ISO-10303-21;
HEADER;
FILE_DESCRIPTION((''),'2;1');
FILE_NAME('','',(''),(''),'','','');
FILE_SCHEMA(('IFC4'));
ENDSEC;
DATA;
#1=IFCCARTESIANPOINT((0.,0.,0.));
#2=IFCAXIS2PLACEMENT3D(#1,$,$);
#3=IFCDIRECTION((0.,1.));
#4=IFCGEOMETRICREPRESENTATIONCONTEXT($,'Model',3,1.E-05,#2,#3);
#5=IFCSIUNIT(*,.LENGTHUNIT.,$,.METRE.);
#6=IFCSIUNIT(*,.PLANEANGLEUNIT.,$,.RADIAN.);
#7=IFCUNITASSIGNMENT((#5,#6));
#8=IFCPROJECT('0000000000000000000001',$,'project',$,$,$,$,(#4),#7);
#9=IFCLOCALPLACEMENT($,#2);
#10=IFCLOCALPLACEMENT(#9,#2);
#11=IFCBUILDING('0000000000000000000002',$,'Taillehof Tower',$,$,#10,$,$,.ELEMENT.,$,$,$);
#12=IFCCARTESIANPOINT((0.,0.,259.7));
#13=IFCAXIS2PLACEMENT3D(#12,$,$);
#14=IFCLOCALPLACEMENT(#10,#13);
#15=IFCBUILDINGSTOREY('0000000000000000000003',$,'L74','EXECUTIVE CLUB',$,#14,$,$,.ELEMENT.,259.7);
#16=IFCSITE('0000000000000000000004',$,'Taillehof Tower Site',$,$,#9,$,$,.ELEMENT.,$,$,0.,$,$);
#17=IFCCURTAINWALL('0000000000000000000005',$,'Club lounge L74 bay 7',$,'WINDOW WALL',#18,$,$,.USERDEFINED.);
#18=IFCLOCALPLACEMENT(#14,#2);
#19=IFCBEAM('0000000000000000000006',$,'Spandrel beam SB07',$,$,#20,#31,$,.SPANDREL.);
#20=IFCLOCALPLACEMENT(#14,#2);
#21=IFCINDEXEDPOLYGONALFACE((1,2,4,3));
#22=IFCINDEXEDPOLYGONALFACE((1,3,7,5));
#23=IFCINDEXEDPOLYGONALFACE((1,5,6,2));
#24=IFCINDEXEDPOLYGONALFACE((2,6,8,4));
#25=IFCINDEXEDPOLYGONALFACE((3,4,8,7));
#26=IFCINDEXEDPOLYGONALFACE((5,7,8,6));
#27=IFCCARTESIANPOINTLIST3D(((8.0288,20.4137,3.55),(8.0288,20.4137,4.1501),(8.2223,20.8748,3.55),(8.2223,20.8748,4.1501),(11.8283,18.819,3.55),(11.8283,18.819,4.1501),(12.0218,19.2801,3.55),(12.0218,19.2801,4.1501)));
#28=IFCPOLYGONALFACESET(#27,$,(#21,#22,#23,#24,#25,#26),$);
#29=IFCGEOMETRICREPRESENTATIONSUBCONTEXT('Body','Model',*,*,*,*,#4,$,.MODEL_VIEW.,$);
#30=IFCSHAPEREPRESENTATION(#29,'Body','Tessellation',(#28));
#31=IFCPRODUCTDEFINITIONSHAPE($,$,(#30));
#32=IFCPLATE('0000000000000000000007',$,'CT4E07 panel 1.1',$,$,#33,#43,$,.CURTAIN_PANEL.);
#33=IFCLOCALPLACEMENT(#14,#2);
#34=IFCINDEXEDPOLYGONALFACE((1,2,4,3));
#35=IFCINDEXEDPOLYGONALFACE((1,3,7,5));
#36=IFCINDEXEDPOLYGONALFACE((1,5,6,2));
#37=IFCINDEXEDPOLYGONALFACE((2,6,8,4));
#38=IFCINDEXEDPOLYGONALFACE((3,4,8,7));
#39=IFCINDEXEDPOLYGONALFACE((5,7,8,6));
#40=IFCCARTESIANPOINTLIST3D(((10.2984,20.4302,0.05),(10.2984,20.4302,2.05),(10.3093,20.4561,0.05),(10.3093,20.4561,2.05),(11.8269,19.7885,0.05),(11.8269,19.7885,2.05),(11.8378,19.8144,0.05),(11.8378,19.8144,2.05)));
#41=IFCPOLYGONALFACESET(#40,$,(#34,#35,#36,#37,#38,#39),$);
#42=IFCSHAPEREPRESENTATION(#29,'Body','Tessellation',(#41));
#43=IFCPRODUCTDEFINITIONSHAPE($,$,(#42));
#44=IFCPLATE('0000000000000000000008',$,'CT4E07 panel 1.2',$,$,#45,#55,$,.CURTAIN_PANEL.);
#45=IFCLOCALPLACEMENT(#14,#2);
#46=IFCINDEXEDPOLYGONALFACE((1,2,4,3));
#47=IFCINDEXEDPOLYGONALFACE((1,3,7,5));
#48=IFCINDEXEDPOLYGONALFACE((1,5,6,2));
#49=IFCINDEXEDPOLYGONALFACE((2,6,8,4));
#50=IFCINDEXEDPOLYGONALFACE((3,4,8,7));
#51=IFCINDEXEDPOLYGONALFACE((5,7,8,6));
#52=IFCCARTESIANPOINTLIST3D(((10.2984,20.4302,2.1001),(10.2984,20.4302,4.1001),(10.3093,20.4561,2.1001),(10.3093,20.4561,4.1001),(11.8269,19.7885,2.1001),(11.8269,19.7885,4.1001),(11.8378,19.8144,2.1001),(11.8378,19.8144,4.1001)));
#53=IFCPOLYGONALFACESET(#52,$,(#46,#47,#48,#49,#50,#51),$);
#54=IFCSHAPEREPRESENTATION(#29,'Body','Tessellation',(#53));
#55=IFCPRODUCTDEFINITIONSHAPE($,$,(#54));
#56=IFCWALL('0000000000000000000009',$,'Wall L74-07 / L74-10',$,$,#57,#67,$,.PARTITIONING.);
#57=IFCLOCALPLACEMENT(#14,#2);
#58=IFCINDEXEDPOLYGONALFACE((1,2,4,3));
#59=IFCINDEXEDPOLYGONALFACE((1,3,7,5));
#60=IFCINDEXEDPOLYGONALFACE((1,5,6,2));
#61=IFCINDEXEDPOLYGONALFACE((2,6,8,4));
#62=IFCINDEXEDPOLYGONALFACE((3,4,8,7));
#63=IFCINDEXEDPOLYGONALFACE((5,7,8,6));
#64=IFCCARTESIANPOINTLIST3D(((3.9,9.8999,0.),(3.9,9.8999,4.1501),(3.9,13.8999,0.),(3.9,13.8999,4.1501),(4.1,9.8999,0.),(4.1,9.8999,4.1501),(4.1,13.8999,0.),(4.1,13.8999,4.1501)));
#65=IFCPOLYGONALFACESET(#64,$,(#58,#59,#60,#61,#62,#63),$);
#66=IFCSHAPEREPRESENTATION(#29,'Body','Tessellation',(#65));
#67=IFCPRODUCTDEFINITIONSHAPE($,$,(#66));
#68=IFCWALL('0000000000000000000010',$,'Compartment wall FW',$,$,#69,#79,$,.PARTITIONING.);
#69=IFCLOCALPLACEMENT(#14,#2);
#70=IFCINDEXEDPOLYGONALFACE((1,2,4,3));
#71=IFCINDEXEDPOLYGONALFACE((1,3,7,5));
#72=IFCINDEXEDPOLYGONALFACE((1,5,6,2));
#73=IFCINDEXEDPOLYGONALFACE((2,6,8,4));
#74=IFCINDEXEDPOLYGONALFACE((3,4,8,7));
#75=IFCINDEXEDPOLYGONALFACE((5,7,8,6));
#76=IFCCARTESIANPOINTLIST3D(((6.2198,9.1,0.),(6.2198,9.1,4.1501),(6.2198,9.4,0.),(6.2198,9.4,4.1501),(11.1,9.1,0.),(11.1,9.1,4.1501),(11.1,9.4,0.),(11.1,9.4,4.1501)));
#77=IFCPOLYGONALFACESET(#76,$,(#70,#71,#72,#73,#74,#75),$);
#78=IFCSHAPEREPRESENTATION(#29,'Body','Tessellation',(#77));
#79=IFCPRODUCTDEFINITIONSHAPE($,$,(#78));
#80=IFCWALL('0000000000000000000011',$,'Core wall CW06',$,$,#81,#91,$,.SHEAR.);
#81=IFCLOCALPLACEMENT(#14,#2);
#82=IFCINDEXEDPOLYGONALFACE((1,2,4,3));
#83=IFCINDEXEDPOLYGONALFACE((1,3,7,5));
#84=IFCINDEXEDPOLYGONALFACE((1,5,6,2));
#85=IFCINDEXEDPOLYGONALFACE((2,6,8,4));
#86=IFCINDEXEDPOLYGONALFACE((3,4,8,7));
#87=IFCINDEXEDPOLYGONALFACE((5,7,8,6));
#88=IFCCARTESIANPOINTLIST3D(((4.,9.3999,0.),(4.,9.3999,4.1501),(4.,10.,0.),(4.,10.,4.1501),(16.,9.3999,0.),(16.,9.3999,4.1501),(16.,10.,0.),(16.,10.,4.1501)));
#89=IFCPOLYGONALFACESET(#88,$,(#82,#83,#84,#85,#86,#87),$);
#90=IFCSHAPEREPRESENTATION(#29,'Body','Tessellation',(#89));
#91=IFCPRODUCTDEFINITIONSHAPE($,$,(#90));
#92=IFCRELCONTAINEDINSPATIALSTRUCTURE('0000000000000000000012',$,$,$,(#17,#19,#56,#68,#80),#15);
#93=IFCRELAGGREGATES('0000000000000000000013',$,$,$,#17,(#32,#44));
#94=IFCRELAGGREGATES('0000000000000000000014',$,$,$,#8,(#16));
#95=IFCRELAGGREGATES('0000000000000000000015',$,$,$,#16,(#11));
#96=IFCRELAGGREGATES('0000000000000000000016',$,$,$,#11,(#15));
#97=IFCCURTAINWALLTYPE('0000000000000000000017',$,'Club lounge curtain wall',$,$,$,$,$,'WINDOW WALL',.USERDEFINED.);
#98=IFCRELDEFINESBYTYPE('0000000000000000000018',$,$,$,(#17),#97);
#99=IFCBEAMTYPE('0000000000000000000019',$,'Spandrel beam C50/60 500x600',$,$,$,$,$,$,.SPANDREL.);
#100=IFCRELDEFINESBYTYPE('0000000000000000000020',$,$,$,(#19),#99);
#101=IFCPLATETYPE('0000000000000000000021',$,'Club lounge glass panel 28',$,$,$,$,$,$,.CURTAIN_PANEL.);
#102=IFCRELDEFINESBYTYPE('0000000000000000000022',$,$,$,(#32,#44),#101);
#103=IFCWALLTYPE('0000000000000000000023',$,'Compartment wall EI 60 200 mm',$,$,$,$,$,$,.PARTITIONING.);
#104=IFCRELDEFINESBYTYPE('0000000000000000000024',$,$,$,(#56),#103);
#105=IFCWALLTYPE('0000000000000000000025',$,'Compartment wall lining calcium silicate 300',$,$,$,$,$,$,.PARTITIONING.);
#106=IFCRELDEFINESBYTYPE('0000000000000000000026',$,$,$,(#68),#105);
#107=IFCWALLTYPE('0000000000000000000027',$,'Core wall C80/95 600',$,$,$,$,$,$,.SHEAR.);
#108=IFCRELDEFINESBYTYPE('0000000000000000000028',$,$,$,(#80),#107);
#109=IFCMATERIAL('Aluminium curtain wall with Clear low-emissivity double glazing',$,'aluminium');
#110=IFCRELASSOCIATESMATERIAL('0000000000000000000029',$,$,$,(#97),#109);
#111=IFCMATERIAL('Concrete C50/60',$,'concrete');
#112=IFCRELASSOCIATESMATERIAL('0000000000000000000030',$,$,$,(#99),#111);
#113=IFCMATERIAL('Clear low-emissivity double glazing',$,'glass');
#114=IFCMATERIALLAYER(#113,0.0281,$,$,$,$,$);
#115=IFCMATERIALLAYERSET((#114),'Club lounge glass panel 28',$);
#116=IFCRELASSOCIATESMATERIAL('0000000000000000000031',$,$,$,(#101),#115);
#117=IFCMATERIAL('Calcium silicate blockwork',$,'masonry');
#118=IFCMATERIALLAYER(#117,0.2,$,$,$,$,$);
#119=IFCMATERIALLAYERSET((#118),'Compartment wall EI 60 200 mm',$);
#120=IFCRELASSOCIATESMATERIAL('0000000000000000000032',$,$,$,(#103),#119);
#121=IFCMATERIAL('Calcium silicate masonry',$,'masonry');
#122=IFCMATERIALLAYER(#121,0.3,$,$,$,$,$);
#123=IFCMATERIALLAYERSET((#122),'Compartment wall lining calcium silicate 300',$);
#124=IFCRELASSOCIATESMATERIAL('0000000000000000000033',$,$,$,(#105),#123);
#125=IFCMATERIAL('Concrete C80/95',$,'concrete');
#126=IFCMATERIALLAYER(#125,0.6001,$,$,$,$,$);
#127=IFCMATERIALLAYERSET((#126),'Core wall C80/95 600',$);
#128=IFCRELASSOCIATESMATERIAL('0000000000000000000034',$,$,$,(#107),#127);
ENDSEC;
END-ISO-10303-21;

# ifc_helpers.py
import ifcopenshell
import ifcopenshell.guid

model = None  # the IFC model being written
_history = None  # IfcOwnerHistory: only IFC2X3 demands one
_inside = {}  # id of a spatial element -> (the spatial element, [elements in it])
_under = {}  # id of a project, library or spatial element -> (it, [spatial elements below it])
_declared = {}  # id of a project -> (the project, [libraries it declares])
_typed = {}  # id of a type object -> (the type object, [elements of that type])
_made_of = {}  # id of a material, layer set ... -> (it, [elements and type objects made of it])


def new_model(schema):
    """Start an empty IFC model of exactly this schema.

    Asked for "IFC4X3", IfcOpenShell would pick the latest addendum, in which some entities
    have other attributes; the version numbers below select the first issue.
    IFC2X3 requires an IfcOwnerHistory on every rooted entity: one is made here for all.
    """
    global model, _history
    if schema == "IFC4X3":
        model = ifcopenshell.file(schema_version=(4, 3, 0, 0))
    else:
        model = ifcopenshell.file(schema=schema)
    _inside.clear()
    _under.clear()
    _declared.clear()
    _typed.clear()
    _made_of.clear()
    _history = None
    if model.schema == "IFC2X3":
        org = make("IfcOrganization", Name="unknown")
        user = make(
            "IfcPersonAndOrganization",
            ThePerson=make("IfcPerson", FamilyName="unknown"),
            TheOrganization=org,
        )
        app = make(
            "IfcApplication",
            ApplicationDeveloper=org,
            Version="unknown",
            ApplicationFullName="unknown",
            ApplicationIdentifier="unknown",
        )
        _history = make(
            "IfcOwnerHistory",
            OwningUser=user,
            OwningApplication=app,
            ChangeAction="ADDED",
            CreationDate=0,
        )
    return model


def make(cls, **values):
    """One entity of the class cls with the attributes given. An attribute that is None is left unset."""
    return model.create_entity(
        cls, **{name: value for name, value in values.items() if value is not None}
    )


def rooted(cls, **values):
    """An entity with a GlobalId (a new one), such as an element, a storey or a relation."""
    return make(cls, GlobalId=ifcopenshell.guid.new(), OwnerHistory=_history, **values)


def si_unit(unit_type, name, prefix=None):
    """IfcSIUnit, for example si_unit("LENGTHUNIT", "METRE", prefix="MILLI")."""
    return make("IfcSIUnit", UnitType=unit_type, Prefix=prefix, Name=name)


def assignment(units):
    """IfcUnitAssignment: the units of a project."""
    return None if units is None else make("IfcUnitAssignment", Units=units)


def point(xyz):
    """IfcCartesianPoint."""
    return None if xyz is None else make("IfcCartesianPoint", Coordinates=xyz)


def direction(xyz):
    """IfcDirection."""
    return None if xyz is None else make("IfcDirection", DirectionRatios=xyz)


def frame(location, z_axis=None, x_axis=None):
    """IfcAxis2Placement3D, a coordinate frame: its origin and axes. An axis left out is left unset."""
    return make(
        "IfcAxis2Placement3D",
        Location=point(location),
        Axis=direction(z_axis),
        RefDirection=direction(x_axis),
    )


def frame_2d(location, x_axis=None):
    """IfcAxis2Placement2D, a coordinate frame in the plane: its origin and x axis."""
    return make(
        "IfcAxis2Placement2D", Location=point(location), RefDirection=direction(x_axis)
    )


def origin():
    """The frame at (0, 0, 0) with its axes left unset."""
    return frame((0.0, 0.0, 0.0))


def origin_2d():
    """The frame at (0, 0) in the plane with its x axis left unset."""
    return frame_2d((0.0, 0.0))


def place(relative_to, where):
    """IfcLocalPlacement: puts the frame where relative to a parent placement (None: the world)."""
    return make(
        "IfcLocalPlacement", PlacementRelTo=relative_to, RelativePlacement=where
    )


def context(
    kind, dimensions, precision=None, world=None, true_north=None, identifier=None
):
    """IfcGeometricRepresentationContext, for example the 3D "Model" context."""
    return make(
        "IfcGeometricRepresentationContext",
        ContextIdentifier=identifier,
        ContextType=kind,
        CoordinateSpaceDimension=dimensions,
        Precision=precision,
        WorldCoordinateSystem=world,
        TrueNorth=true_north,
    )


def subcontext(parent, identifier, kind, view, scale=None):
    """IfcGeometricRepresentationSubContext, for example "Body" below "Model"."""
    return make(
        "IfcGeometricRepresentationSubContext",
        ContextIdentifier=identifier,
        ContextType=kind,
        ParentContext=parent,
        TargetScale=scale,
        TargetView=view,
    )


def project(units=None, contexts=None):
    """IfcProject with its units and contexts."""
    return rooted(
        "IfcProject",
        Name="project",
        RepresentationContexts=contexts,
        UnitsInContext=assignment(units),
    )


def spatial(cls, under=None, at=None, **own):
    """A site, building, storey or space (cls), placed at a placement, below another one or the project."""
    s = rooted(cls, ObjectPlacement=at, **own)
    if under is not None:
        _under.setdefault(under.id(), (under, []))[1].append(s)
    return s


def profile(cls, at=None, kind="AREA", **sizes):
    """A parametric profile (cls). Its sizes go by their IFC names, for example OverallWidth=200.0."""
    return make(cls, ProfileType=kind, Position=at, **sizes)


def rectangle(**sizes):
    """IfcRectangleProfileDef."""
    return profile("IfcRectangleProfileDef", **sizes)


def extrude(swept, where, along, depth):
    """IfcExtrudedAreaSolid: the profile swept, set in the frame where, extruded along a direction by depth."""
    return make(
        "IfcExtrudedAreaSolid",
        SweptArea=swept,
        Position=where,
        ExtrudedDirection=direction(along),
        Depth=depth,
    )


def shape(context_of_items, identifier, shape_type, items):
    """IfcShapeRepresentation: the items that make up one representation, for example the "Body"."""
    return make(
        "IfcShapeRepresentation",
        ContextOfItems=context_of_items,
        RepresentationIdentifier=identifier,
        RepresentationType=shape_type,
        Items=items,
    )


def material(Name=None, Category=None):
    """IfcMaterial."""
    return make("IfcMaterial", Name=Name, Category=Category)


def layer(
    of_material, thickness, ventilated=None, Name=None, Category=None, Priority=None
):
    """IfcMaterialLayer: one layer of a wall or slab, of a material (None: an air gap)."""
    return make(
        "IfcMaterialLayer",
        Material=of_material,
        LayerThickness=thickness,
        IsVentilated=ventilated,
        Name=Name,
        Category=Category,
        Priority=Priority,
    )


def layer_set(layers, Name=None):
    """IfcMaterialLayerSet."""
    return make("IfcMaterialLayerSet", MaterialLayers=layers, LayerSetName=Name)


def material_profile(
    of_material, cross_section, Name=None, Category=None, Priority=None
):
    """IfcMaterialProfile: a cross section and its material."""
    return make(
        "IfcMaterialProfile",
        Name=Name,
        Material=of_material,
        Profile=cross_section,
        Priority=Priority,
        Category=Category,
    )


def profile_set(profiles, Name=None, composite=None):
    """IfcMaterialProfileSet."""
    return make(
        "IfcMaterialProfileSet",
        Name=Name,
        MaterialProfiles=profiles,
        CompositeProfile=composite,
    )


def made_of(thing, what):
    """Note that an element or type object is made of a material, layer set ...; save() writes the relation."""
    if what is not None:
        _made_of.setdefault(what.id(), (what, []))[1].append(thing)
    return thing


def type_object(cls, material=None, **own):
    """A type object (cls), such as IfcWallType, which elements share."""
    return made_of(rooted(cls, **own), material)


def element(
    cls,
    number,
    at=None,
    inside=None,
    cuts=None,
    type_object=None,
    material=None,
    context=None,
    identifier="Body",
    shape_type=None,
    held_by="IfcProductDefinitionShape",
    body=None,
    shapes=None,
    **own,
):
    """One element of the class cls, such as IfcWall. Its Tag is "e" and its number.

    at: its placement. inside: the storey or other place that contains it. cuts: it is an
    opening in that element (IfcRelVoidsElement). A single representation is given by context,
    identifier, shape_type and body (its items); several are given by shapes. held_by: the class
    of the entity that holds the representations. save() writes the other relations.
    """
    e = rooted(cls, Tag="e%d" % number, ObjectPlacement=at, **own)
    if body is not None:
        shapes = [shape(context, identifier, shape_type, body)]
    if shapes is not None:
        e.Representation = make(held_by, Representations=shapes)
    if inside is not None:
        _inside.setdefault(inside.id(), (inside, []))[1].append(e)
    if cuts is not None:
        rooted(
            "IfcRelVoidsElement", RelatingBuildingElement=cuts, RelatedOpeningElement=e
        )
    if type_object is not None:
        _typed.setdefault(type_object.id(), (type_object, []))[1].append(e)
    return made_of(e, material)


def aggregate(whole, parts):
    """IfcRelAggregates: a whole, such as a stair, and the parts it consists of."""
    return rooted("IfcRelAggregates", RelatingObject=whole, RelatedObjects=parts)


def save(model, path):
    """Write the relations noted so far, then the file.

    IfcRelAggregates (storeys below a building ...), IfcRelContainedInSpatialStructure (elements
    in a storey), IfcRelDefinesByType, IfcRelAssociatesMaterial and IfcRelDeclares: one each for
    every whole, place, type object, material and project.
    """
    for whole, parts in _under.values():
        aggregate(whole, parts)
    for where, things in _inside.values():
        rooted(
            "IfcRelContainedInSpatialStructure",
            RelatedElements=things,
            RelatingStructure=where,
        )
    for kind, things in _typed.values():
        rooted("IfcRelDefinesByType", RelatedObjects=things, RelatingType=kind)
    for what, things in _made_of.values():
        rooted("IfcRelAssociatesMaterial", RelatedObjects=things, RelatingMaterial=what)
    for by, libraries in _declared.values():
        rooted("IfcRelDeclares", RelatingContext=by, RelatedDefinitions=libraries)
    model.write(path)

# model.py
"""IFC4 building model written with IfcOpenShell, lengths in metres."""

from ifc_helpers import new_model, si_unit, direction, frame, frame_2d, origin, origin_2d, place, context, subcontext, project, spatial, rectangle, extrude, material, layer, layer_set, material_profile, profile_set, type_object, element, aggregate, save


model = new_model("IFC4")

# Units and contexts
model_context = context("Model", 3, precision=1e-05, world=origin(), true_north=direction((0.0, 1.0)))
body_context = subcontext(model_context, "Body", "Model", "MODEL_VIEW")
ifc_project = project(units=[si_unit("LENGTHUNIT", "METRE"), si_unit("PLANEANGLEUNIT", "RADIAN")], contexts=[model_context])

# Site, building, storey
site_placement = place(None, origin())
site = spatial("IfcSite", under=ifc_project, at=site_placement, Name="Taillehof Tower Site", CompositionType="ELEMENT", RefElevation=0.0)
building_placement = place(site_placement, origin())
building = spatial("IfcBuilding", under=site, at=building_placement, Name="Taillehof Tower", CompositionType="ELEMENT")
storey_placement = place(building_placement, frame((0.0, 0.0, 259.7)))
storey = spatial("IfcBuildingStorey", under=building, at=storey_placement, Name="L74", Description="EXECUTIVE CLUB", CompositionType="ELEMENT", Elevation=259.7)

# Curtain wall
ifc_material_1 = material(Name="Aluminium curtain wall with Clear low-emissivity double glazing", Category="aluminium")
curtain_wall_type = type_object("IfcCurtainWallType", Name="Club lounge curtain wall", ElementType="WINDOW WALL", PredefinedType="USERDEFINED", material=ifc_material_1)
curtain_wall_placement = place(storey_placement, origin())
curtain_wall = element("IfcCurtainWall", 1, at=curtain_wall_placement, inside=storey, type_object=curtain_wall_type, Name="Club lounge L74 bay 7", ObjectType="WINDOW WALL", PredefinedType="USERDEFINED")

# Beam
ifc_material_2 = material(Name="Concrete C50/60", Category="concrete")
ifc_material_profile_1 = material_profile(ifc_material_2, rectangle(XDim=0.5, YDim=0.6001, at=origin_2d()), Name="RC 500x600")
ifc_profile_set_1 = profile_set([ifc_material_profile_1], Name="Concrete C50/60")
beam_type_1 = type_object("IfcBeamType", Name="Spandrel beam C50/60 500x600", PredefinedType="SPANDREL", material=ifc_profile_set_1)
beam_1_placement = place(storey_placement, frame((11.925, 19.0496, 3.8501), z_axis=(-0.922076, 0.387008, 0.0), x_axis=(-0.387008, -0.922076, 0.0)))
element("IfcBeam", 2, at=beam_1_placement, inside=storey, type_object=beam_type_1, Name="Spandrel beam SB07", PredefinedType="SPANDREL", context=body_context, shape_type="SweptSolid", body=[
    extrude(rectangle(XDim=0.5, YDim=0.6001, at=origin_2d()), origin(), (0.0, 0.0, 1.0), 4.1206),
])

# Plates
ifc_material_3 = material(Name="Clear low-emissivity double glazing", Category="glass")
ifc_layer_1 = layer(ifc_material_3, 0.0281)
ifc_layer_set_1 = layer_set([ifc_layer_1], Name="Club lounge glass panel 28")
plate_type = type_object("IfcPlateType", Name="Club lounge glass panel 28", PredefinedType="CURTAIN_PANEL", material=ifc_layer_set_1)
plate_1_placement = place(storey_placement, frame((11.0681, 20.1223, 0.05), z_axis=(0.0, 0.0, 1.0), x_axis=(-0.922037, 0.387101, 0.0)))
plate_1 = element("IfcPlate", 3, at=plate_1_placement, type_object=plate_type, Name="CT4E07 panel 1.1", PredefinedType="CURTAIN_PANEL", context=body_context, shape_type="SweptSolid", body=[
    extrude(rectangle(XDim=1.6577, YDim=0.0281, at=origin_2d()), origin(), (0.0, 0.0, 1.0), 2.0),
])
plate_2_placement = place(storey_placement, frame((11.0681, 20.1223, 2.1001), z_axis=(0.0, 0.0, 1.0), x_axis=(-0.922037, 0.387101, 0.0)))
plate_2 = element("IfcPlate", 4, at=plate_2_placement, type_object=plate_type, Name="CT4E07 panel 1.2", PredefinedType="CURTAIN_PANEL", context=body_context, shape_type="SweptSolid", body=[
    extrude(rectangle(XDim=1.6577, YDim=0.0281, at=origin_2d()), origin(), (0.0, 0.0, 1.0), 2.0),
])
aggregate(curtain_wall, [plate_1, plate_2])

# Walls
ifc_material_4 = material(Name="Calcium silicate blockwork", Category="masonry")
ifc_layer_2 = layer(ifc_material_4, 0.2)
ifc_layer_set_2 = layer_set([ifc_layer_2], Name="Compartment wall EI 60 200 mm")
wall_type_1 = type_object("IfcWallType", Name="Compartment wall EI 60 200 mm", PredefinedType="PARTITIONING", material=ifc_layer_set_2)
wall_1_placement = place(storey_placement, frame((4.0, 9.8999, 0.0), z_axis=(0.0, 0.0, 1.0), x_axis=(0.0, 1.0, 0.0)))
element("IfcWall", 5, at=wall_1_placement, inside=storey, type_object=wall_type_1, Name="Wall L74-07 / L74-10", PredefinedType="PARTITIONING", context=body_context, shape_type="SweptSolid", body=[
    extrude(rectangle(XDim=4.0, YDim=0.2, at=frame_2d((2.0, 0.0))), origin(), (0.0, 0.0, 1.0), 4.1501),
])
ifc_material_5 = material(Name="Calcium silicate masonry", Category="masonry")
ifc_layer_3 = layer(ifc_material_5, 0.3)
ifc_layer_set_3 = layer_set([ifc_layer_3], Name="Compartment wall lining calcium silicate 300")
wall_type_2 = type_object("IfcWallType", Name="Compartment wall lining calcium silicate 300", PredefinedType="PARTITIONING", material=ifc_layer_set_3)
wall_2_placement = place(storey_placement, frame((6.22, 9.25, 0.0), z_axis=(0.0, 0.0, 1.0), x_axis=(1.0, 0.0, 0.0)))
element("IfcWall", 6, at=wall_2_placement, inside=storey, type_object=wall_type_2, Name="Compartment wall FW", PredefinedType="PARTITIONING", context=body_context, shape_type="SweptSolid", body=[
    extrude(rectangle(XDim=4.8801, YDim=0.3, at=frame_2d((2.4399, 0.0))), origin(), (0.0, 0.0, 1.0), 4.1501),
])
ifc_material_6 = material(Name="Concrete C80/95", Category="concrete")
ifc_layer_4 = layer(ifc_material_6, 0.6001)
ifc_layer_set_4 = layer_set([ifc_layer_4], Name="Core wall C80/95 600")
wall_type_3 = type_object("IfcWallType", Name="Core wall C80/95 600", PredefinedType="SHEAR", material=ifc_layer_set_4)
wall_3_placement = place(storey_placement, frame((4.0, 9.7, 0.0), z_axis=(0.0, 0.0, 1.0), x_axis=(1.0, 0.0, 0.0)))
element("IfcWall", 7, at=wall_3_placement, inside=storey, type_object=wall_type_3, Name="Core wall CW06", PredefinedType="SHEAR", context=body_context, shape_type="SweptSolid", body=[
    extrude(rectangle(XDim=12.0, YDim=0.6001, at=frame_2d((6.0, 0.0))), origin(), (0.0, 0.0, 1.0), 4.1501),
])

save(model, "model.ifc")
